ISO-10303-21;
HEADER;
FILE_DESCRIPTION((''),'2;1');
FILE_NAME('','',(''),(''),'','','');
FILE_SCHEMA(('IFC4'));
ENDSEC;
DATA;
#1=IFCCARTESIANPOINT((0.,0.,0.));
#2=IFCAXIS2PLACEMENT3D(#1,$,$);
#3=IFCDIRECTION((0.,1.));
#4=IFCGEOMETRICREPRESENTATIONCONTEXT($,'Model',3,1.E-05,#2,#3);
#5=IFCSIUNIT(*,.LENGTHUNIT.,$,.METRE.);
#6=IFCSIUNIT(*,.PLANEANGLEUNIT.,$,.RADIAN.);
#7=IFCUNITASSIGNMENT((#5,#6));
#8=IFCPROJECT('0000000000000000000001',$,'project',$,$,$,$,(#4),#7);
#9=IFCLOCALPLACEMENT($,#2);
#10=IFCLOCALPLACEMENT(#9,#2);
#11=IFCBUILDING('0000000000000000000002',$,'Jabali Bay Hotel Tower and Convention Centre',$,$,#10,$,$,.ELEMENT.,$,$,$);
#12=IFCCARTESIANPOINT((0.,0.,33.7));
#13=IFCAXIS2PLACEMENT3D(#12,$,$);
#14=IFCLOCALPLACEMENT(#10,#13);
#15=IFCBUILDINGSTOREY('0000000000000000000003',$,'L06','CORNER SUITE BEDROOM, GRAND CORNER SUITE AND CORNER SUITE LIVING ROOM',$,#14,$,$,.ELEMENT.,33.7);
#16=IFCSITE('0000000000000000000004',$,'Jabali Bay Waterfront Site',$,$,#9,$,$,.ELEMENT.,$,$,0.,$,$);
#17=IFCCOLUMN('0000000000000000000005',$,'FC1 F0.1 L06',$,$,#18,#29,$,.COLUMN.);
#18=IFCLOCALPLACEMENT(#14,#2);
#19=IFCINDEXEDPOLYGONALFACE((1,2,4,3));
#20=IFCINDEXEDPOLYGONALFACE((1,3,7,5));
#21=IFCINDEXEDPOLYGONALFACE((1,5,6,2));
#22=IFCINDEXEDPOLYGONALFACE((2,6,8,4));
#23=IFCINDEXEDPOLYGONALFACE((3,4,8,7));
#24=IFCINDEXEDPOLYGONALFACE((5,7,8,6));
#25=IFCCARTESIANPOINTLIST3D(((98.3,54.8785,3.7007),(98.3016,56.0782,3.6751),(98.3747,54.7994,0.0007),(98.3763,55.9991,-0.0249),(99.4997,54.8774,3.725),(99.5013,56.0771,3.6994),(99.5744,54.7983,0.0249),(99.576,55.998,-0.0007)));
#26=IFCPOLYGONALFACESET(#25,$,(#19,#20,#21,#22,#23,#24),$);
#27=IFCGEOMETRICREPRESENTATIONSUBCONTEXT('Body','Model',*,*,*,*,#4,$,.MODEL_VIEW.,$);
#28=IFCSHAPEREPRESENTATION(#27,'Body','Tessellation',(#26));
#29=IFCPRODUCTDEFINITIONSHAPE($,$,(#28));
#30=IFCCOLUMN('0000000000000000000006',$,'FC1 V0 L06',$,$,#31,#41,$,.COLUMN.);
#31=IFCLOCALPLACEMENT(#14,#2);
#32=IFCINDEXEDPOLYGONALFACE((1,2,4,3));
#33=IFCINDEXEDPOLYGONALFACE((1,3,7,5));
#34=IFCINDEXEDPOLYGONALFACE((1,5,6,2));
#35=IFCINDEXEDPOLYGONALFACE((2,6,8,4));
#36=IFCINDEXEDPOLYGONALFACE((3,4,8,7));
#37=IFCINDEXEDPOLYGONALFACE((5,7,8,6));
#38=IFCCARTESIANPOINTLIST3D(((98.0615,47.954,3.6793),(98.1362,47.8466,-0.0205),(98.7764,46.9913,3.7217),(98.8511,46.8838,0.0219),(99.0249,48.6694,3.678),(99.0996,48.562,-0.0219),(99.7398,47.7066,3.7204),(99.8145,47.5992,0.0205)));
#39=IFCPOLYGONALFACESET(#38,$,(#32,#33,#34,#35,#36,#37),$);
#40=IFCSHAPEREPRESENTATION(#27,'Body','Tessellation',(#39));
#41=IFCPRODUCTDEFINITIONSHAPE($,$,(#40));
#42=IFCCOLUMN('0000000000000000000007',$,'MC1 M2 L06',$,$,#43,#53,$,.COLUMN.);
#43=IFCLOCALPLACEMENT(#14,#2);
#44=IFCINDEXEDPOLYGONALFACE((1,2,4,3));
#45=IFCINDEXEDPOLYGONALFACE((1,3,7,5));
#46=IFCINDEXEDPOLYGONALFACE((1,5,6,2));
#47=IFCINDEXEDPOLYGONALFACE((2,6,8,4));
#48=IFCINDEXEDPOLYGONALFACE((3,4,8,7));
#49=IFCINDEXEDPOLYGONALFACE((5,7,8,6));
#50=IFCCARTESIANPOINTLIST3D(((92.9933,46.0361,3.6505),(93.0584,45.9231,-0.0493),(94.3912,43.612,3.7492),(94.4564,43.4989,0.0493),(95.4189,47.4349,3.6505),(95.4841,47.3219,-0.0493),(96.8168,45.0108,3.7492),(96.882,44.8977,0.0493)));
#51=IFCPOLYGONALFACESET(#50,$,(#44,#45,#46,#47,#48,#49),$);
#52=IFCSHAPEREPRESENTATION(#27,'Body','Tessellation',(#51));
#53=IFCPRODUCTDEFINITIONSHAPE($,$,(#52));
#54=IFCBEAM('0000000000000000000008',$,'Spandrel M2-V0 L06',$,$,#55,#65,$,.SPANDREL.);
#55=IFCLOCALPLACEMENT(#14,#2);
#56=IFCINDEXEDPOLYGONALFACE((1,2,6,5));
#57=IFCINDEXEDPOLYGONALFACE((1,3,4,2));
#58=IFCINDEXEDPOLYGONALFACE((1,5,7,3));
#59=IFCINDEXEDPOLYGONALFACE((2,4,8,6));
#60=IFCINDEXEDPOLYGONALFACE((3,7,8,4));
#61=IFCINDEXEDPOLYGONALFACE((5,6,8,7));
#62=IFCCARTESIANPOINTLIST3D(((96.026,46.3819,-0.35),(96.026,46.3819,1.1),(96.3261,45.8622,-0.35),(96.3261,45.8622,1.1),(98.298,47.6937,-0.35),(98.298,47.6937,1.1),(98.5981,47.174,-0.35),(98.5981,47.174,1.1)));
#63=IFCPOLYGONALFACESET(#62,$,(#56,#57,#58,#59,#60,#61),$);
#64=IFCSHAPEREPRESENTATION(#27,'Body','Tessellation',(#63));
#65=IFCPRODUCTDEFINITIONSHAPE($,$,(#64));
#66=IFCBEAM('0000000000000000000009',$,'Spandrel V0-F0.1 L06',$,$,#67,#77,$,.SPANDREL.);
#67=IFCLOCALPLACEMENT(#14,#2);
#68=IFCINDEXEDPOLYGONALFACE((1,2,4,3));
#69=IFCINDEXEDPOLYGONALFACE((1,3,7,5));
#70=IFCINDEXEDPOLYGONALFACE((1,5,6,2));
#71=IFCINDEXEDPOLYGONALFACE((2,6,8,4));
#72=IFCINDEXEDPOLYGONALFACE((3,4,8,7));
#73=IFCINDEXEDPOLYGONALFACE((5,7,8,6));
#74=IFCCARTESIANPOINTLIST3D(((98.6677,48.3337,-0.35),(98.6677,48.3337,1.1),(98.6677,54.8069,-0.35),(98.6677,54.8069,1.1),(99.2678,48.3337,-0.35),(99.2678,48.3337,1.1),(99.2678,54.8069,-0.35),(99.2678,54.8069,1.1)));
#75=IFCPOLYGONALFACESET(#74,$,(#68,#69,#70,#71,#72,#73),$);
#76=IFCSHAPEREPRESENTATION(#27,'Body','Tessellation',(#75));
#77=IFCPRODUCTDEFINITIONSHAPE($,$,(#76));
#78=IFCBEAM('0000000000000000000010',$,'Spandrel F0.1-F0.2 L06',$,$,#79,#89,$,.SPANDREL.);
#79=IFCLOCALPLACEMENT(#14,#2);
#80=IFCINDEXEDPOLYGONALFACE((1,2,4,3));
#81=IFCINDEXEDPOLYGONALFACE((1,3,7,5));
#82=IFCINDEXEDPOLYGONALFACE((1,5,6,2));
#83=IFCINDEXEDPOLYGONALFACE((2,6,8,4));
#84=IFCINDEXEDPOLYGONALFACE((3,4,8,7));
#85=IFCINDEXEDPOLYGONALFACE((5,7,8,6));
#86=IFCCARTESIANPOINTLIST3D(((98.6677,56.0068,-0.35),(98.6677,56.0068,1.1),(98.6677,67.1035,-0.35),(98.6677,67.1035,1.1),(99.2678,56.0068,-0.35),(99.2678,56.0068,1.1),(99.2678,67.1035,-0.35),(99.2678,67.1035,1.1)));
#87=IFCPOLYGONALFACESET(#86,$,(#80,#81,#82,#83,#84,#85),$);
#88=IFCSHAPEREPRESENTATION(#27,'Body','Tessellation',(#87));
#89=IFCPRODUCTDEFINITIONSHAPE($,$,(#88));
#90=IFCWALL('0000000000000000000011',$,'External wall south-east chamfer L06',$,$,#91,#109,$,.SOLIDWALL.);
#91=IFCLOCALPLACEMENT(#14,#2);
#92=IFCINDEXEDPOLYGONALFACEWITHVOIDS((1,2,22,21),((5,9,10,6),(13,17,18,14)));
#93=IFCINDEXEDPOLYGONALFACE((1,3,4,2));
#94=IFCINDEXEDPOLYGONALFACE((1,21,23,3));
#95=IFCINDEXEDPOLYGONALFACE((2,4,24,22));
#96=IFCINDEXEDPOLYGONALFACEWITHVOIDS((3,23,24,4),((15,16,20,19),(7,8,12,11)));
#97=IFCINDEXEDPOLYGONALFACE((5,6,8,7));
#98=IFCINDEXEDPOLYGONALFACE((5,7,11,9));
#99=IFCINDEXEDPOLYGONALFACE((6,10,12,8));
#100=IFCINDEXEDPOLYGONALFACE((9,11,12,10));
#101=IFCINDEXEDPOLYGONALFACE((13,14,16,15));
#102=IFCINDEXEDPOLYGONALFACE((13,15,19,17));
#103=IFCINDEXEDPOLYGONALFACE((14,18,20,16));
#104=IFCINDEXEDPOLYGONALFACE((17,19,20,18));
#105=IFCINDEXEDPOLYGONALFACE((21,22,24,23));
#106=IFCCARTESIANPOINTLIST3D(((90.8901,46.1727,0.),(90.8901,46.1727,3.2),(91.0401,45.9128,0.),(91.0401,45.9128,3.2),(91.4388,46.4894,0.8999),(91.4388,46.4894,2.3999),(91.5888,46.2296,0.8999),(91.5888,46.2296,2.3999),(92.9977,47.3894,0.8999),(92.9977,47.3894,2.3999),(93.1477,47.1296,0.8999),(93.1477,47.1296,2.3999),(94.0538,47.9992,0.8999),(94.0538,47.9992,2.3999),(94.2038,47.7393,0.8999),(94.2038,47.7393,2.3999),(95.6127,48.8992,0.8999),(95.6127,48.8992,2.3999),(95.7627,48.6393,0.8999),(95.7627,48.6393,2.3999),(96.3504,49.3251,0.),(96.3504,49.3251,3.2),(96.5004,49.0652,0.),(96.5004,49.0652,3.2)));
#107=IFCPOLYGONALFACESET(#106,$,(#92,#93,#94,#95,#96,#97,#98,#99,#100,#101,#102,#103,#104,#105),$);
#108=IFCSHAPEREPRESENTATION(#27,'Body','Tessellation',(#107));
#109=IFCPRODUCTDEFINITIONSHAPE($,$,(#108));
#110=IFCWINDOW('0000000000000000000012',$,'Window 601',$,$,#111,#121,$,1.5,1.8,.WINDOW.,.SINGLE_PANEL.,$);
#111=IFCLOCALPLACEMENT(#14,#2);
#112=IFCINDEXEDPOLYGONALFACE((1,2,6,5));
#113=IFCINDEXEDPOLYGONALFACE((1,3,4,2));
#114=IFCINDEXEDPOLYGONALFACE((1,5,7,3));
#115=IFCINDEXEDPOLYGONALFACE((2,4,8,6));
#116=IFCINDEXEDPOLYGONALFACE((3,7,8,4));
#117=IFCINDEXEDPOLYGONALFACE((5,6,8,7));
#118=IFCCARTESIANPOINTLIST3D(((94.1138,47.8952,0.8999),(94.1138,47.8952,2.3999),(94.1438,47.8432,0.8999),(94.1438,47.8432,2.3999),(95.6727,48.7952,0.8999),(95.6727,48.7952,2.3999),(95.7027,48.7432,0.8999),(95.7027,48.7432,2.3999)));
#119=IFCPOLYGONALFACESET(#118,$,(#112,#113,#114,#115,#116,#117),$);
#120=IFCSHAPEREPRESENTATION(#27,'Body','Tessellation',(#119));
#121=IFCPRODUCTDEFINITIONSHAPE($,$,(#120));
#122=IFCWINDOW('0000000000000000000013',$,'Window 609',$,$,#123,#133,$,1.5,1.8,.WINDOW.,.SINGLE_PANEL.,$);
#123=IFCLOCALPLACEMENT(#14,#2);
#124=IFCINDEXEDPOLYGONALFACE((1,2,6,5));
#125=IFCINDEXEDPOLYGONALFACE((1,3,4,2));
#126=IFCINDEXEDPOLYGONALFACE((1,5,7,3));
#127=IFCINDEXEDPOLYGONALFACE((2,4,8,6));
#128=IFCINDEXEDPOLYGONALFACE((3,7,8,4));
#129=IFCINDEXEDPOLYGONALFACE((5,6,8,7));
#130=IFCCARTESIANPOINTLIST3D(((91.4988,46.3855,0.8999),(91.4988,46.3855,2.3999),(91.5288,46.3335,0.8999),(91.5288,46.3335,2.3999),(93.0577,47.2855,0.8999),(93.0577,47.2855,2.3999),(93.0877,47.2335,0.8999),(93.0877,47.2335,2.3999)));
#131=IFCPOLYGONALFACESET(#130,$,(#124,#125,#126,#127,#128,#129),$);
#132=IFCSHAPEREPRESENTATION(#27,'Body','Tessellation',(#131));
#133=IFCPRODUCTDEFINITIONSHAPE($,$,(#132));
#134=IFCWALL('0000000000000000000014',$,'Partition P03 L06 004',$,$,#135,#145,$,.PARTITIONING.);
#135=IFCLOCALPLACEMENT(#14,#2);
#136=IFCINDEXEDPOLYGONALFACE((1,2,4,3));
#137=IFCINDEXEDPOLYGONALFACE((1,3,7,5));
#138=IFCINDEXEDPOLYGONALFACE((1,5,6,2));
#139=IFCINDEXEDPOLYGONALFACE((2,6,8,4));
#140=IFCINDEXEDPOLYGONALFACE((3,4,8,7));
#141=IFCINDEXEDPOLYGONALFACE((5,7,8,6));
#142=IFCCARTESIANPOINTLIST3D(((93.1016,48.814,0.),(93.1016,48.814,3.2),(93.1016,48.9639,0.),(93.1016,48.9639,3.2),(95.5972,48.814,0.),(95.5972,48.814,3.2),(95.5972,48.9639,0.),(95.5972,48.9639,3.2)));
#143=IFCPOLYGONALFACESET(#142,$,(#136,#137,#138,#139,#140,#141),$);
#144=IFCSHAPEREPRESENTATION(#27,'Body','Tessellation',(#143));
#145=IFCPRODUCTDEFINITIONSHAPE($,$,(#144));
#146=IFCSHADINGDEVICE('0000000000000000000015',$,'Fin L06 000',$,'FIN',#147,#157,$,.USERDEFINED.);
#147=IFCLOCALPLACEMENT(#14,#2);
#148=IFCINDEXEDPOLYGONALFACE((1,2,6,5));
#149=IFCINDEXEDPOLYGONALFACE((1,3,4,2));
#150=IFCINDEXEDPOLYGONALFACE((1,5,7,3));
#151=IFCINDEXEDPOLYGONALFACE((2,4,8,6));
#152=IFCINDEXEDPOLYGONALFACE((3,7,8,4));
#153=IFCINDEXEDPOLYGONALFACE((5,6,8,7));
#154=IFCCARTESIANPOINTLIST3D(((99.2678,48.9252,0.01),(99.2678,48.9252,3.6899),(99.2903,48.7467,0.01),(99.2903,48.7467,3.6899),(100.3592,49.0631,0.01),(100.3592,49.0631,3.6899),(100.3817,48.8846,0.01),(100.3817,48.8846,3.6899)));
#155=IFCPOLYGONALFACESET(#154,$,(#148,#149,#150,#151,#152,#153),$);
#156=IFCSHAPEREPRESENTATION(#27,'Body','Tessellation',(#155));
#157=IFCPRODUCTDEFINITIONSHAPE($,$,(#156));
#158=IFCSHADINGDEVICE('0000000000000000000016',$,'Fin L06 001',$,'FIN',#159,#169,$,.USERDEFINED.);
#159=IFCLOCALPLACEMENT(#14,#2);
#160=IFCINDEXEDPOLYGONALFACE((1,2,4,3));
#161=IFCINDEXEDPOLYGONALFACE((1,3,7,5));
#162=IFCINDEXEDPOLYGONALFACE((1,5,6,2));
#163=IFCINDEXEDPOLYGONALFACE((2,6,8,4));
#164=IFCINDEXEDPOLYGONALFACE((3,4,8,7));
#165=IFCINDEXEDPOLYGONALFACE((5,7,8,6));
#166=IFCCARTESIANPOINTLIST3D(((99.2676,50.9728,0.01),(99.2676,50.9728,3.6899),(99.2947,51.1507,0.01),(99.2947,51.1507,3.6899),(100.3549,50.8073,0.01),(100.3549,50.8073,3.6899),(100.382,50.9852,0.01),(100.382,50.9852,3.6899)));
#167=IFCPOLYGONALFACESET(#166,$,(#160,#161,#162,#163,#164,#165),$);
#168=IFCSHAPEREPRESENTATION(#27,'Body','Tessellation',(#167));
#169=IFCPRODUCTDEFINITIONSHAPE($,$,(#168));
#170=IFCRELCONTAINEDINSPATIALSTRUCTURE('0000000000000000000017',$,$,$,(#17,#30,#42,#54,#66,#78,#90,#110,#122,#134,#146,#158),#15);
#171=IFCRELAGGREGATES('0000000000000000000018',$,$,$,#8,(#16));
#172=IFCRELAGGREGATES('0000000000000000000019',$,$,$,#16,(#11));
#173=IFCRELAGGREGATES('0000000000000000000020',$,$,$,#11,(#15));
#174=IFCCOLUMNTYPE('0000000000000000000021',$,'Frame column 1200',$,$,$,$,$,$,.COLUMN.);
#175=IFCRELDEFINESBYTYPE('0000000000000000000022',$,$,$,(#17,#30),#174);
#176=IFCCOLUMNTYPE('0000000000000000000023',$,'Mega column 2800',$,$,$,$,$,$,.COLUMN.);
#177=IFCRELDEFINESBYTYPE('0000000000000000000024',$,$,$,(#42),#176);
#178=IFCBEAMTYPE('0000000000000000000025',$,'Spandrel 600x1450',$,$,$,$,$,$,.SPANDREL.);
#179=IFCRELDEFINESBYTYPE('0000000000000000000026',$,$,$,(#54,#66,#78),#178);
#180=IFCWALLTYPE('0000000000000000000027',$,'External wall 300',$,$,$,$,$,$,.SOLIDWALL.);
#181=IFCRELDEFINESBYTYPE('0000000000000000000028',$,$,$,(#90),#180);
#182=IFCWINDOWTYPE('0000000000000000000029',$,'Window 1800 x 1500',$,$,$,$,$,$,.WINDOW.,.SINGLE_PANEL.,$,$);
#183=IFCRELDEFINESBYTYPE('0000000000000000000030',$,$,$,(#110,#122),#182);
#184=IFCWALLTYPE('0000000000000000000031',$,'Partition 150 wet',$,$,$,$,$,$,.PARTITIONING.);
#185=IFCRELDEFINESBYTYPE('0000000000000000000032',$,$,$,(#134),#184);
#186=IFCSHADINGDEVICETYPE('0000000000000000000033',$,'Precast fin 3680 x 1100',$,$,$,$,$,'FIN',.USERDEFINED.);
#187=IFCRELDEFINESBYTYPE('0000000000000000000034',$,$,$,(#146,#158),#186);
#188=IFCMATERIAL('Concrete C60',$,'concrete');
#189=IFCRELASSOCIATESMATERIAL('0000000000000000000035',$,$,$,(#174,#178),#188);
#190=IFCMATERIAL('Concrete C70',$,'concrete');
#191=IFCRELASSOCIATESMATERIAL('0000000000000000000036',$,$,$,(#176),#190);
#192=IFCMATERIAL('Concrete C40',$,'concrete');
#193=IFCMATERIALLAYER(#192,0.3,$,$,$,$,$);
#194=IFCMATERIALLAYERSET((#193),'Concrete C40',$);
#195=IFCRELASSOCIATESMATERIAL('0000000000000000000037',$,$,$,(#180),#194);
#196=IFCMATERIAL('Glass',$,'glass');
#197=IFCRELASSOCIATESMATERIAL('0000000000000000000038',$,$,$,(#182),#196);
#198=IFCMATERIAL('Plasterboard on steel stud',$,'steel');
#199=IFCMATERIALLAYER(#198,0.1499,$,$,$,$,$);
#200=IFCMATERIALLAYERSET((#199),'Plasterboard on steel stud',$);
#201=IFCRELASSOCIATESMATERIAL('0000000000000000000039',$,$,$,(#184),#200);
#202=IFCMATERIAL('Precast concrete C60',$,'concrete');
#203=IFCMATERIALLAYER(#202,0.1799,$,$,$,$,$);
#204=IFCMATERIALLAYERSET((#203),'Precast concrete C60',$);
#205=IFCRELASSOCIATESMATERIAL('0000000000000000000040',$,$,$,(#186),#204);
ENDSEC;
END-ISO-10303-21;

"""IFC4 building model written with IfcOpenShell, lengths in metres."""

from ifc_helpers import new_model, si_unit, direction, frame, frame_2d, origin, origin_2d, place, context, subcontext, project, spatial, rectangle, extrude, material, layer, layer_set, material_profile, profile_set, type_object, element, fill, save


model = new_model("IFC4")

# Units and contexts
model_context = context("Model", 3, precision=1e-05, world=origin(), true_north=direction((0.0, 1.0)))
body_context = subcontext(model_context, "Body", "Model", "MODEL_VIEW")
ifc_project = project(units=[si_unit("LENGTHUNIT", "METRE"), si_unit("PLANEANGLEUNIT", "RADIAN")], contexts=[model_context])

# Site, building, storey
site_placement = place(None, origin())
site = spatial("IfcSite", under=ifc_project, at=site_placement, Name="Jabali Bay Waterfront Site", CompositionType="ELEMENT", RefElevation=0.0)
building_placement = place(site_placement, origin())
building = spatial("IfcBuilding", under=site, at=building_placement, Name="Jabali Bay Hotel Tower and Convention Centre", CompositionType="ELEMENT")
storey_placement = place(building_placement, frame((0.0, 0.0, 33.7)))
storey = spatial("IfcBuildingStorey", under=building, at=storey_placement, Name="L06", Description="CORNER SUITE BEDROOM, GRAND CORNER SUITE AND CORNER SUITE LIVING ROOM", CompositionType="ELEMENT", Elevation=33.7)

# Columns
ifc_material_1 = material(Name="Concrete C60", Category="concrete")
ifc_material_profile_1 = material_profile(ifc_material_1, rectangle(XDim=1.2, YDim=1.2, at=origin_2d()), Name="Frame column 1200")
ifc_profile_set_1 = profile_set([ifc_material_profile_1], Name="Concrete C60")
column_type_1 = type_object("IfcColumnType", Name="Frame column 1200", PredefinedType="COLUMN", material=ifc_profile_set_1)
column_1_placement = place(storey_placement, frame((98.9753, 55.3987, 0.0), z_axis=(-0.020183, 0.02137, 0.999568), x_axis=(-0.001315, -0.999771, 0.021348)))
element("IfcColumn", 1, at=column_1_placement, inside=storey, type_object=column_type_1, Name="FC1 F0.1 L06", PredefinedType="COLUMN", context=body_context, shape_type="SweptSolid", body=[
    extrude(rectangle(XDim=1.2, YDim=1.2, at=origin_2d()), origin(), (0.0, 0.0, 1.0), 3.7017),
])
column_2_placement = place(storey_placement, frame((98.9753, 47.7229, 0.0), z_axis=(-0.020179, 0.029015, 0.999375), x_axis=(-0.802874, -0.596148, 0.001097)))
element("IfcColumn", 2, at=column_2_placement, inside=storey, type_object=column_type_1, Name="FC1 V0 L06", PredefinedType="COLUMN", context=body_context, shape_type="SweptSolid", body=[
    extrude(rectangle(XDim=1.2, YDim=1.2, at=origin_2d()), origin(), (0.0, 0.0, 1.0), 3.7021),
])
ifc_material_2 = material(Name="Concrete C70", Category="concrete")
ifc_material_profile_2 = material_profile(ifc_material_2, rectangle(XDim=2.8, YDim=2.8, at=origin_2d()), Name="Mega column 2800")
ifc_profile_set_2 = profile_set([ifc_material_profile_2], Name="Concrete C70")
column_type_2 = type_object("IfcColumnType", Name="Mega column 2800", PredefinedType="COLUMN", material=ifc_profile_set_2)
column_3_placement = place(storey_placement, frame((94.9702, 45.4104, 0.0), z_axis=(-0.017607, 0.030532, 0.999379), x_axis=(0.49925, -0.865741, 0.035245)))
element("IfcColumn", 3, at=column_3_placement, inside=storey, type_object=column_type_2, Name="MC1 M2 L06", PredefinedType="COLUMN", context=body_context, shape_type="SweptSolid", body=[
    extrude(rectangle(XDim=2.8, YDim=2.8, at=origin_2d()), origin(), (0.0, 0.0, 1.0), 3.7021),
])

# Beams
ifc_material_profile_3 = material_profile(ifc_material_1, rectangle(XDim=0.6001, YDim=1.45, at=origin_2d()), Name="Spandrel 600x1450")
ifc_profile_set_3 = profile_set([ifc_material_profile_3], Name="Concrete C60")
beam_type = type_object("IfcBeamType", Name="Spandrel 600x1450", PredefinedType="SPANDREL", material=ifc_profile_set_3)
beam_1_placement = place(storey_placement, frame((96.176, 46.1221, 0.375), z_axis=(0.866018, 0.500012, 0.0), x_axis=(-0.500012, 0.866018, 0.0)))
element("IfcBeam", 4, at=beam_1_placement, inside=storey, type_object=beam_type, Name="Spandrel M2-V0 L06", PredefinedType="SPANDREL", context=body_context, shape_type="SweptSolid", body=[
    extrude(rectangle(XDim=0.6001, YDim=1.45, at=origin_2d()), origin(), (0.0, 0.0, 1.0), 2.6235),
])
beam_2_placement = place(storey_placement, frame((98.9678, 48.3337, 0.375), z_axis=(0.0, 1.0, 0.0), x_axis=(-1.0, 0.0, 0.0)))
element("IfcBeam", 5, at=beam_2_placement, inside=storey, type_object=beam_type, Name="Spandrel V0-F0.1 L06", PredefinedType="SPANDREL", context=body_context, shape_type="SweptSolid", body=[
    extrude(rectangle(XDim=0.6001, YDim=1.45, at=origin_2d()), origin(), (0.0, 0.0, 1.0), 6.4731),
])
beam_3_placement = place(storey_placement, frame((98.9678, 56.0068, 0.375), z_axis=(0.0, 1.0, 0.0), x_axis=(-1.0, 0.0, 0.0)))
element("IfcBeam", 6, at=beam_3_placement, inside=storey, type_object=beam_type, Name="Spandrel F0.1-F0.2 L06", PredefinedType="SPANDREL", context=body_context, shape_type="SweptSolid", body=[
    extrude(rectangle(XDim=0.6001, YDim=1.45, at=origin_2d()), origin(), (0.0, 0.0, 1.0), 11.0967),
])

# Wall, openings, windows
ifc_material_3 = material(Name="Concrete C40", Category="concrete")
ifc_layer_1 = layer(ifc_material_3, 0.3)
ifc_layer_set_1 = layer_set([ifc_layer_1], Name="Concrete C40")
wall_type_1 = type_object("IfcWallType", Name="External wall 300", PredefinedType="SOLIDWALL", material=ifc_layer_set_1)
wall_1_placement = place(storey_placement, frame((96.4253, 49.1951, 0.0), z_axis=(0.0, 0.0, 1.0), x_axis=(-0.866033, -0.499987, 0.0)))
wall_1 = element("IfcWall", 7, at=wall_1_placement, inside=storey, type_object=wall_type_1, Name="External wall south-east chamfer L06", PredefinedType="SOLIDWALL", context=body_context, shape_type="SweptSolid", body=[
    extrude(rectangle(XDim=6.3049, YDim=0.3, at=frame_2d((3.1523, 0.0))), origin(), (0.0, 0.0, 1.0), 3.2),
])
opening_1_placement = place(wall_1_placement, frame((0.8518, 0.0, 0.8999)))
opening_1 = element("IfcOpeningElement", 8, at=opening_1_placement, cuts=wall_1, PredefinedType="OPENING", context=body_context, shape_type="SweptSolid", body=[
    extrude(rectangle(XDim=1.8, YDim=1.5, at=frame_2d((0.8999, 0.75))), frame((0.0, 0.1606, 0.0), z_axis=(0.0, -1.0, 0.0), x_axis=(1.0, 0.0, 0.0)), (0.0, 0.0, 1.0), 0.321),
])
opening_2_placement = place(wall_1_placement, frame((3.8713, 0.0, 0.8999)))
opening_2 = element("IfcOpeningElement", 9, at=opening_2_placement, cuts=wall_1, PredefinedType="OPENING", context=body_context, shape_type="SweptSolid", body=[
    extrude(rectangle(XDim=1.8, YDim=1.5, at=frame_2d((0.8999, 0.75))), frame((0.0, 0.1606, 0.0), z_axis=(0.0, -1.0, 0.0), x_axis=(1.0, 0.0, 0.0)), (0.0, 0.0, 1.0), 0.321),
])
ifc_material_4 = material(Name="Glass", Category="glass")
window_type = type_object("IfcWindowType", Name="Window 1800 x 1500", PartitioningType="SINGLE_PANEL", PredefinedType="WINDOW", material=ifc_material_4)
window_1_placement = place(opening_1_placement, origin())
window_1 = element("IfcWindow", 10, at=window_1_placement, inside=storey, type_object=window_type, Name="Window 601", OverallHeight=1.5, OverallWidth=1.8, PartitioningType="SINGLE_PANEL", PredefinedType="WINDOW", context=body_context, shape_type="SweptSolid", body=[
    extrude(rectangle(XDim=1.8, YDim=1.5, at=frame_2d((0.8999, 0.75))), frame((0.0, 0.03, 0.0), z_axis=(0.0, -1.0, 0.0), x_axis=(1.0, 0.0, 0.0)), (0.0, 0.0, 1.0), 0.0601),
])
fill(opening_1, window_1)
window_2_placement = place(opening_2_placement, origin())
window_2 = element("IfcWindow", 11, at=window_2_placement, inside=storey, type_object=window_type, Name="Window 609", OverallHeight=1.5, OverallWidth=1.8, PartitioningType="SINGLE_PANEL", PredefinedType="WINDOW", context=body_context, shape_type="SweptSolid", body=[
    extrude(rectangle(XDim=1.8, YDim=1.5, at=frame_2d((0.8999, 0.75))), frame((0.0, 0.03, 0.0), z_axis=(0.0, -1.0, 0.0), x_axis=(1.0, 0.0, 0.0)), (0.0, 0.0, 1.0), 0.0601),
])
fill(opening_2, window_2)

# Wall
ifc_material_5 = material(Name="Plasterboard on steel stud", Category="steel")
ifc_layer_2 = layer(ifc_material_5, 0.1499)
ifc_layer_set_2 = layer_set([ifc_layer_2], Name="Plasterboard on steel stud")
wall_type_2 = type_object("IfcWallType", Name="Partition 150 wet", PredefinedType="PARTITIONING", material=ifc_layer_set_2)
wall_2_placement = place(storey_placement, frame((95.5972, 48.8889, 0.0), z_axis=(0.0, 0.0, 1.0), x_axis=(-1.0, 0.0, 0.0)))
element("IfcWall", 12, at=wall_2_placement, inside=storey, type_object=wall_type_2, Name="Partition P03 L06 004", PredefinedType="PARTITIONING", context=body_context, shape_type="SweptSolid", body=[
    extrude(rectangle(XDim=2.4956, YDim=0.1499, at=frame_2d((1.2478, 0.0))), origin(), (0.0, 0.0, 1.0), 3.2),
])

# Shading devices
ifc_material_6 = material(Name="Precast concrete C60", Category="concrete")
ifc_layer_3 = layer(ifc_material_6, 0.1799)
ifc_layer_set_3 = layer_set([ifc_layer_3], Name="Precast concrete C60")
shading_device_type_1 = type_object("IfcShadingDeviceType", Name="Precast fin 3680 x 1100", ElementType="FIN", PredefinedType="USERDEFINED", material=ifc_layer_set_3)
shading_device_1_placement = place(storey_placement, frame((99.2791, 48.8359, 0.01), z_axis=(0.0, 0.0, 1.0), x_axis=(0.992106, 0.1254, 0.0)))
element("IfcShadingDevice", 13, at=shading_device_1_placement, inside=storey, type_object=shading_device_type_1, Name="Fin L06 000", ObjectType="FIN", PredefinedType="USERDEFINED", context=body_context, shape_type="SweptSolid", body=[
    extrude(rectangle(XDim=1.1001, YDim=0.1799, at=frame_2d((0.55, 0.0))), origin(), (0.0, 0.0, 1.0), 3.6799),
])
for number, where, z_axis, x_axis, name in (
    (14, (99.2812, 51.0618, 0.01), (0.0, 0.0, 1.0), (0.988612, -0.150489, 0.0), "Fin L06 001"),
):
    element("IfcShadingDevice", number, at=place(storey_placement, frame(where, z_axis=z_axis, x_axis=x_axis)), inside=storey, type_object=shading_device_type_1, Name=name, ObjectType="FIN", PredefinedType="USERDEFINED", context=body_context, shape_type="SweptSolid", body=[
        extrude(rectangle(XDim=1.0999, YDim=0.1799, at=frame_2d((0.5498, 0.0))), origin(), (0.0, 0.0, 1.0), 3.6799),
    ])

save(model, "model.ifc")
